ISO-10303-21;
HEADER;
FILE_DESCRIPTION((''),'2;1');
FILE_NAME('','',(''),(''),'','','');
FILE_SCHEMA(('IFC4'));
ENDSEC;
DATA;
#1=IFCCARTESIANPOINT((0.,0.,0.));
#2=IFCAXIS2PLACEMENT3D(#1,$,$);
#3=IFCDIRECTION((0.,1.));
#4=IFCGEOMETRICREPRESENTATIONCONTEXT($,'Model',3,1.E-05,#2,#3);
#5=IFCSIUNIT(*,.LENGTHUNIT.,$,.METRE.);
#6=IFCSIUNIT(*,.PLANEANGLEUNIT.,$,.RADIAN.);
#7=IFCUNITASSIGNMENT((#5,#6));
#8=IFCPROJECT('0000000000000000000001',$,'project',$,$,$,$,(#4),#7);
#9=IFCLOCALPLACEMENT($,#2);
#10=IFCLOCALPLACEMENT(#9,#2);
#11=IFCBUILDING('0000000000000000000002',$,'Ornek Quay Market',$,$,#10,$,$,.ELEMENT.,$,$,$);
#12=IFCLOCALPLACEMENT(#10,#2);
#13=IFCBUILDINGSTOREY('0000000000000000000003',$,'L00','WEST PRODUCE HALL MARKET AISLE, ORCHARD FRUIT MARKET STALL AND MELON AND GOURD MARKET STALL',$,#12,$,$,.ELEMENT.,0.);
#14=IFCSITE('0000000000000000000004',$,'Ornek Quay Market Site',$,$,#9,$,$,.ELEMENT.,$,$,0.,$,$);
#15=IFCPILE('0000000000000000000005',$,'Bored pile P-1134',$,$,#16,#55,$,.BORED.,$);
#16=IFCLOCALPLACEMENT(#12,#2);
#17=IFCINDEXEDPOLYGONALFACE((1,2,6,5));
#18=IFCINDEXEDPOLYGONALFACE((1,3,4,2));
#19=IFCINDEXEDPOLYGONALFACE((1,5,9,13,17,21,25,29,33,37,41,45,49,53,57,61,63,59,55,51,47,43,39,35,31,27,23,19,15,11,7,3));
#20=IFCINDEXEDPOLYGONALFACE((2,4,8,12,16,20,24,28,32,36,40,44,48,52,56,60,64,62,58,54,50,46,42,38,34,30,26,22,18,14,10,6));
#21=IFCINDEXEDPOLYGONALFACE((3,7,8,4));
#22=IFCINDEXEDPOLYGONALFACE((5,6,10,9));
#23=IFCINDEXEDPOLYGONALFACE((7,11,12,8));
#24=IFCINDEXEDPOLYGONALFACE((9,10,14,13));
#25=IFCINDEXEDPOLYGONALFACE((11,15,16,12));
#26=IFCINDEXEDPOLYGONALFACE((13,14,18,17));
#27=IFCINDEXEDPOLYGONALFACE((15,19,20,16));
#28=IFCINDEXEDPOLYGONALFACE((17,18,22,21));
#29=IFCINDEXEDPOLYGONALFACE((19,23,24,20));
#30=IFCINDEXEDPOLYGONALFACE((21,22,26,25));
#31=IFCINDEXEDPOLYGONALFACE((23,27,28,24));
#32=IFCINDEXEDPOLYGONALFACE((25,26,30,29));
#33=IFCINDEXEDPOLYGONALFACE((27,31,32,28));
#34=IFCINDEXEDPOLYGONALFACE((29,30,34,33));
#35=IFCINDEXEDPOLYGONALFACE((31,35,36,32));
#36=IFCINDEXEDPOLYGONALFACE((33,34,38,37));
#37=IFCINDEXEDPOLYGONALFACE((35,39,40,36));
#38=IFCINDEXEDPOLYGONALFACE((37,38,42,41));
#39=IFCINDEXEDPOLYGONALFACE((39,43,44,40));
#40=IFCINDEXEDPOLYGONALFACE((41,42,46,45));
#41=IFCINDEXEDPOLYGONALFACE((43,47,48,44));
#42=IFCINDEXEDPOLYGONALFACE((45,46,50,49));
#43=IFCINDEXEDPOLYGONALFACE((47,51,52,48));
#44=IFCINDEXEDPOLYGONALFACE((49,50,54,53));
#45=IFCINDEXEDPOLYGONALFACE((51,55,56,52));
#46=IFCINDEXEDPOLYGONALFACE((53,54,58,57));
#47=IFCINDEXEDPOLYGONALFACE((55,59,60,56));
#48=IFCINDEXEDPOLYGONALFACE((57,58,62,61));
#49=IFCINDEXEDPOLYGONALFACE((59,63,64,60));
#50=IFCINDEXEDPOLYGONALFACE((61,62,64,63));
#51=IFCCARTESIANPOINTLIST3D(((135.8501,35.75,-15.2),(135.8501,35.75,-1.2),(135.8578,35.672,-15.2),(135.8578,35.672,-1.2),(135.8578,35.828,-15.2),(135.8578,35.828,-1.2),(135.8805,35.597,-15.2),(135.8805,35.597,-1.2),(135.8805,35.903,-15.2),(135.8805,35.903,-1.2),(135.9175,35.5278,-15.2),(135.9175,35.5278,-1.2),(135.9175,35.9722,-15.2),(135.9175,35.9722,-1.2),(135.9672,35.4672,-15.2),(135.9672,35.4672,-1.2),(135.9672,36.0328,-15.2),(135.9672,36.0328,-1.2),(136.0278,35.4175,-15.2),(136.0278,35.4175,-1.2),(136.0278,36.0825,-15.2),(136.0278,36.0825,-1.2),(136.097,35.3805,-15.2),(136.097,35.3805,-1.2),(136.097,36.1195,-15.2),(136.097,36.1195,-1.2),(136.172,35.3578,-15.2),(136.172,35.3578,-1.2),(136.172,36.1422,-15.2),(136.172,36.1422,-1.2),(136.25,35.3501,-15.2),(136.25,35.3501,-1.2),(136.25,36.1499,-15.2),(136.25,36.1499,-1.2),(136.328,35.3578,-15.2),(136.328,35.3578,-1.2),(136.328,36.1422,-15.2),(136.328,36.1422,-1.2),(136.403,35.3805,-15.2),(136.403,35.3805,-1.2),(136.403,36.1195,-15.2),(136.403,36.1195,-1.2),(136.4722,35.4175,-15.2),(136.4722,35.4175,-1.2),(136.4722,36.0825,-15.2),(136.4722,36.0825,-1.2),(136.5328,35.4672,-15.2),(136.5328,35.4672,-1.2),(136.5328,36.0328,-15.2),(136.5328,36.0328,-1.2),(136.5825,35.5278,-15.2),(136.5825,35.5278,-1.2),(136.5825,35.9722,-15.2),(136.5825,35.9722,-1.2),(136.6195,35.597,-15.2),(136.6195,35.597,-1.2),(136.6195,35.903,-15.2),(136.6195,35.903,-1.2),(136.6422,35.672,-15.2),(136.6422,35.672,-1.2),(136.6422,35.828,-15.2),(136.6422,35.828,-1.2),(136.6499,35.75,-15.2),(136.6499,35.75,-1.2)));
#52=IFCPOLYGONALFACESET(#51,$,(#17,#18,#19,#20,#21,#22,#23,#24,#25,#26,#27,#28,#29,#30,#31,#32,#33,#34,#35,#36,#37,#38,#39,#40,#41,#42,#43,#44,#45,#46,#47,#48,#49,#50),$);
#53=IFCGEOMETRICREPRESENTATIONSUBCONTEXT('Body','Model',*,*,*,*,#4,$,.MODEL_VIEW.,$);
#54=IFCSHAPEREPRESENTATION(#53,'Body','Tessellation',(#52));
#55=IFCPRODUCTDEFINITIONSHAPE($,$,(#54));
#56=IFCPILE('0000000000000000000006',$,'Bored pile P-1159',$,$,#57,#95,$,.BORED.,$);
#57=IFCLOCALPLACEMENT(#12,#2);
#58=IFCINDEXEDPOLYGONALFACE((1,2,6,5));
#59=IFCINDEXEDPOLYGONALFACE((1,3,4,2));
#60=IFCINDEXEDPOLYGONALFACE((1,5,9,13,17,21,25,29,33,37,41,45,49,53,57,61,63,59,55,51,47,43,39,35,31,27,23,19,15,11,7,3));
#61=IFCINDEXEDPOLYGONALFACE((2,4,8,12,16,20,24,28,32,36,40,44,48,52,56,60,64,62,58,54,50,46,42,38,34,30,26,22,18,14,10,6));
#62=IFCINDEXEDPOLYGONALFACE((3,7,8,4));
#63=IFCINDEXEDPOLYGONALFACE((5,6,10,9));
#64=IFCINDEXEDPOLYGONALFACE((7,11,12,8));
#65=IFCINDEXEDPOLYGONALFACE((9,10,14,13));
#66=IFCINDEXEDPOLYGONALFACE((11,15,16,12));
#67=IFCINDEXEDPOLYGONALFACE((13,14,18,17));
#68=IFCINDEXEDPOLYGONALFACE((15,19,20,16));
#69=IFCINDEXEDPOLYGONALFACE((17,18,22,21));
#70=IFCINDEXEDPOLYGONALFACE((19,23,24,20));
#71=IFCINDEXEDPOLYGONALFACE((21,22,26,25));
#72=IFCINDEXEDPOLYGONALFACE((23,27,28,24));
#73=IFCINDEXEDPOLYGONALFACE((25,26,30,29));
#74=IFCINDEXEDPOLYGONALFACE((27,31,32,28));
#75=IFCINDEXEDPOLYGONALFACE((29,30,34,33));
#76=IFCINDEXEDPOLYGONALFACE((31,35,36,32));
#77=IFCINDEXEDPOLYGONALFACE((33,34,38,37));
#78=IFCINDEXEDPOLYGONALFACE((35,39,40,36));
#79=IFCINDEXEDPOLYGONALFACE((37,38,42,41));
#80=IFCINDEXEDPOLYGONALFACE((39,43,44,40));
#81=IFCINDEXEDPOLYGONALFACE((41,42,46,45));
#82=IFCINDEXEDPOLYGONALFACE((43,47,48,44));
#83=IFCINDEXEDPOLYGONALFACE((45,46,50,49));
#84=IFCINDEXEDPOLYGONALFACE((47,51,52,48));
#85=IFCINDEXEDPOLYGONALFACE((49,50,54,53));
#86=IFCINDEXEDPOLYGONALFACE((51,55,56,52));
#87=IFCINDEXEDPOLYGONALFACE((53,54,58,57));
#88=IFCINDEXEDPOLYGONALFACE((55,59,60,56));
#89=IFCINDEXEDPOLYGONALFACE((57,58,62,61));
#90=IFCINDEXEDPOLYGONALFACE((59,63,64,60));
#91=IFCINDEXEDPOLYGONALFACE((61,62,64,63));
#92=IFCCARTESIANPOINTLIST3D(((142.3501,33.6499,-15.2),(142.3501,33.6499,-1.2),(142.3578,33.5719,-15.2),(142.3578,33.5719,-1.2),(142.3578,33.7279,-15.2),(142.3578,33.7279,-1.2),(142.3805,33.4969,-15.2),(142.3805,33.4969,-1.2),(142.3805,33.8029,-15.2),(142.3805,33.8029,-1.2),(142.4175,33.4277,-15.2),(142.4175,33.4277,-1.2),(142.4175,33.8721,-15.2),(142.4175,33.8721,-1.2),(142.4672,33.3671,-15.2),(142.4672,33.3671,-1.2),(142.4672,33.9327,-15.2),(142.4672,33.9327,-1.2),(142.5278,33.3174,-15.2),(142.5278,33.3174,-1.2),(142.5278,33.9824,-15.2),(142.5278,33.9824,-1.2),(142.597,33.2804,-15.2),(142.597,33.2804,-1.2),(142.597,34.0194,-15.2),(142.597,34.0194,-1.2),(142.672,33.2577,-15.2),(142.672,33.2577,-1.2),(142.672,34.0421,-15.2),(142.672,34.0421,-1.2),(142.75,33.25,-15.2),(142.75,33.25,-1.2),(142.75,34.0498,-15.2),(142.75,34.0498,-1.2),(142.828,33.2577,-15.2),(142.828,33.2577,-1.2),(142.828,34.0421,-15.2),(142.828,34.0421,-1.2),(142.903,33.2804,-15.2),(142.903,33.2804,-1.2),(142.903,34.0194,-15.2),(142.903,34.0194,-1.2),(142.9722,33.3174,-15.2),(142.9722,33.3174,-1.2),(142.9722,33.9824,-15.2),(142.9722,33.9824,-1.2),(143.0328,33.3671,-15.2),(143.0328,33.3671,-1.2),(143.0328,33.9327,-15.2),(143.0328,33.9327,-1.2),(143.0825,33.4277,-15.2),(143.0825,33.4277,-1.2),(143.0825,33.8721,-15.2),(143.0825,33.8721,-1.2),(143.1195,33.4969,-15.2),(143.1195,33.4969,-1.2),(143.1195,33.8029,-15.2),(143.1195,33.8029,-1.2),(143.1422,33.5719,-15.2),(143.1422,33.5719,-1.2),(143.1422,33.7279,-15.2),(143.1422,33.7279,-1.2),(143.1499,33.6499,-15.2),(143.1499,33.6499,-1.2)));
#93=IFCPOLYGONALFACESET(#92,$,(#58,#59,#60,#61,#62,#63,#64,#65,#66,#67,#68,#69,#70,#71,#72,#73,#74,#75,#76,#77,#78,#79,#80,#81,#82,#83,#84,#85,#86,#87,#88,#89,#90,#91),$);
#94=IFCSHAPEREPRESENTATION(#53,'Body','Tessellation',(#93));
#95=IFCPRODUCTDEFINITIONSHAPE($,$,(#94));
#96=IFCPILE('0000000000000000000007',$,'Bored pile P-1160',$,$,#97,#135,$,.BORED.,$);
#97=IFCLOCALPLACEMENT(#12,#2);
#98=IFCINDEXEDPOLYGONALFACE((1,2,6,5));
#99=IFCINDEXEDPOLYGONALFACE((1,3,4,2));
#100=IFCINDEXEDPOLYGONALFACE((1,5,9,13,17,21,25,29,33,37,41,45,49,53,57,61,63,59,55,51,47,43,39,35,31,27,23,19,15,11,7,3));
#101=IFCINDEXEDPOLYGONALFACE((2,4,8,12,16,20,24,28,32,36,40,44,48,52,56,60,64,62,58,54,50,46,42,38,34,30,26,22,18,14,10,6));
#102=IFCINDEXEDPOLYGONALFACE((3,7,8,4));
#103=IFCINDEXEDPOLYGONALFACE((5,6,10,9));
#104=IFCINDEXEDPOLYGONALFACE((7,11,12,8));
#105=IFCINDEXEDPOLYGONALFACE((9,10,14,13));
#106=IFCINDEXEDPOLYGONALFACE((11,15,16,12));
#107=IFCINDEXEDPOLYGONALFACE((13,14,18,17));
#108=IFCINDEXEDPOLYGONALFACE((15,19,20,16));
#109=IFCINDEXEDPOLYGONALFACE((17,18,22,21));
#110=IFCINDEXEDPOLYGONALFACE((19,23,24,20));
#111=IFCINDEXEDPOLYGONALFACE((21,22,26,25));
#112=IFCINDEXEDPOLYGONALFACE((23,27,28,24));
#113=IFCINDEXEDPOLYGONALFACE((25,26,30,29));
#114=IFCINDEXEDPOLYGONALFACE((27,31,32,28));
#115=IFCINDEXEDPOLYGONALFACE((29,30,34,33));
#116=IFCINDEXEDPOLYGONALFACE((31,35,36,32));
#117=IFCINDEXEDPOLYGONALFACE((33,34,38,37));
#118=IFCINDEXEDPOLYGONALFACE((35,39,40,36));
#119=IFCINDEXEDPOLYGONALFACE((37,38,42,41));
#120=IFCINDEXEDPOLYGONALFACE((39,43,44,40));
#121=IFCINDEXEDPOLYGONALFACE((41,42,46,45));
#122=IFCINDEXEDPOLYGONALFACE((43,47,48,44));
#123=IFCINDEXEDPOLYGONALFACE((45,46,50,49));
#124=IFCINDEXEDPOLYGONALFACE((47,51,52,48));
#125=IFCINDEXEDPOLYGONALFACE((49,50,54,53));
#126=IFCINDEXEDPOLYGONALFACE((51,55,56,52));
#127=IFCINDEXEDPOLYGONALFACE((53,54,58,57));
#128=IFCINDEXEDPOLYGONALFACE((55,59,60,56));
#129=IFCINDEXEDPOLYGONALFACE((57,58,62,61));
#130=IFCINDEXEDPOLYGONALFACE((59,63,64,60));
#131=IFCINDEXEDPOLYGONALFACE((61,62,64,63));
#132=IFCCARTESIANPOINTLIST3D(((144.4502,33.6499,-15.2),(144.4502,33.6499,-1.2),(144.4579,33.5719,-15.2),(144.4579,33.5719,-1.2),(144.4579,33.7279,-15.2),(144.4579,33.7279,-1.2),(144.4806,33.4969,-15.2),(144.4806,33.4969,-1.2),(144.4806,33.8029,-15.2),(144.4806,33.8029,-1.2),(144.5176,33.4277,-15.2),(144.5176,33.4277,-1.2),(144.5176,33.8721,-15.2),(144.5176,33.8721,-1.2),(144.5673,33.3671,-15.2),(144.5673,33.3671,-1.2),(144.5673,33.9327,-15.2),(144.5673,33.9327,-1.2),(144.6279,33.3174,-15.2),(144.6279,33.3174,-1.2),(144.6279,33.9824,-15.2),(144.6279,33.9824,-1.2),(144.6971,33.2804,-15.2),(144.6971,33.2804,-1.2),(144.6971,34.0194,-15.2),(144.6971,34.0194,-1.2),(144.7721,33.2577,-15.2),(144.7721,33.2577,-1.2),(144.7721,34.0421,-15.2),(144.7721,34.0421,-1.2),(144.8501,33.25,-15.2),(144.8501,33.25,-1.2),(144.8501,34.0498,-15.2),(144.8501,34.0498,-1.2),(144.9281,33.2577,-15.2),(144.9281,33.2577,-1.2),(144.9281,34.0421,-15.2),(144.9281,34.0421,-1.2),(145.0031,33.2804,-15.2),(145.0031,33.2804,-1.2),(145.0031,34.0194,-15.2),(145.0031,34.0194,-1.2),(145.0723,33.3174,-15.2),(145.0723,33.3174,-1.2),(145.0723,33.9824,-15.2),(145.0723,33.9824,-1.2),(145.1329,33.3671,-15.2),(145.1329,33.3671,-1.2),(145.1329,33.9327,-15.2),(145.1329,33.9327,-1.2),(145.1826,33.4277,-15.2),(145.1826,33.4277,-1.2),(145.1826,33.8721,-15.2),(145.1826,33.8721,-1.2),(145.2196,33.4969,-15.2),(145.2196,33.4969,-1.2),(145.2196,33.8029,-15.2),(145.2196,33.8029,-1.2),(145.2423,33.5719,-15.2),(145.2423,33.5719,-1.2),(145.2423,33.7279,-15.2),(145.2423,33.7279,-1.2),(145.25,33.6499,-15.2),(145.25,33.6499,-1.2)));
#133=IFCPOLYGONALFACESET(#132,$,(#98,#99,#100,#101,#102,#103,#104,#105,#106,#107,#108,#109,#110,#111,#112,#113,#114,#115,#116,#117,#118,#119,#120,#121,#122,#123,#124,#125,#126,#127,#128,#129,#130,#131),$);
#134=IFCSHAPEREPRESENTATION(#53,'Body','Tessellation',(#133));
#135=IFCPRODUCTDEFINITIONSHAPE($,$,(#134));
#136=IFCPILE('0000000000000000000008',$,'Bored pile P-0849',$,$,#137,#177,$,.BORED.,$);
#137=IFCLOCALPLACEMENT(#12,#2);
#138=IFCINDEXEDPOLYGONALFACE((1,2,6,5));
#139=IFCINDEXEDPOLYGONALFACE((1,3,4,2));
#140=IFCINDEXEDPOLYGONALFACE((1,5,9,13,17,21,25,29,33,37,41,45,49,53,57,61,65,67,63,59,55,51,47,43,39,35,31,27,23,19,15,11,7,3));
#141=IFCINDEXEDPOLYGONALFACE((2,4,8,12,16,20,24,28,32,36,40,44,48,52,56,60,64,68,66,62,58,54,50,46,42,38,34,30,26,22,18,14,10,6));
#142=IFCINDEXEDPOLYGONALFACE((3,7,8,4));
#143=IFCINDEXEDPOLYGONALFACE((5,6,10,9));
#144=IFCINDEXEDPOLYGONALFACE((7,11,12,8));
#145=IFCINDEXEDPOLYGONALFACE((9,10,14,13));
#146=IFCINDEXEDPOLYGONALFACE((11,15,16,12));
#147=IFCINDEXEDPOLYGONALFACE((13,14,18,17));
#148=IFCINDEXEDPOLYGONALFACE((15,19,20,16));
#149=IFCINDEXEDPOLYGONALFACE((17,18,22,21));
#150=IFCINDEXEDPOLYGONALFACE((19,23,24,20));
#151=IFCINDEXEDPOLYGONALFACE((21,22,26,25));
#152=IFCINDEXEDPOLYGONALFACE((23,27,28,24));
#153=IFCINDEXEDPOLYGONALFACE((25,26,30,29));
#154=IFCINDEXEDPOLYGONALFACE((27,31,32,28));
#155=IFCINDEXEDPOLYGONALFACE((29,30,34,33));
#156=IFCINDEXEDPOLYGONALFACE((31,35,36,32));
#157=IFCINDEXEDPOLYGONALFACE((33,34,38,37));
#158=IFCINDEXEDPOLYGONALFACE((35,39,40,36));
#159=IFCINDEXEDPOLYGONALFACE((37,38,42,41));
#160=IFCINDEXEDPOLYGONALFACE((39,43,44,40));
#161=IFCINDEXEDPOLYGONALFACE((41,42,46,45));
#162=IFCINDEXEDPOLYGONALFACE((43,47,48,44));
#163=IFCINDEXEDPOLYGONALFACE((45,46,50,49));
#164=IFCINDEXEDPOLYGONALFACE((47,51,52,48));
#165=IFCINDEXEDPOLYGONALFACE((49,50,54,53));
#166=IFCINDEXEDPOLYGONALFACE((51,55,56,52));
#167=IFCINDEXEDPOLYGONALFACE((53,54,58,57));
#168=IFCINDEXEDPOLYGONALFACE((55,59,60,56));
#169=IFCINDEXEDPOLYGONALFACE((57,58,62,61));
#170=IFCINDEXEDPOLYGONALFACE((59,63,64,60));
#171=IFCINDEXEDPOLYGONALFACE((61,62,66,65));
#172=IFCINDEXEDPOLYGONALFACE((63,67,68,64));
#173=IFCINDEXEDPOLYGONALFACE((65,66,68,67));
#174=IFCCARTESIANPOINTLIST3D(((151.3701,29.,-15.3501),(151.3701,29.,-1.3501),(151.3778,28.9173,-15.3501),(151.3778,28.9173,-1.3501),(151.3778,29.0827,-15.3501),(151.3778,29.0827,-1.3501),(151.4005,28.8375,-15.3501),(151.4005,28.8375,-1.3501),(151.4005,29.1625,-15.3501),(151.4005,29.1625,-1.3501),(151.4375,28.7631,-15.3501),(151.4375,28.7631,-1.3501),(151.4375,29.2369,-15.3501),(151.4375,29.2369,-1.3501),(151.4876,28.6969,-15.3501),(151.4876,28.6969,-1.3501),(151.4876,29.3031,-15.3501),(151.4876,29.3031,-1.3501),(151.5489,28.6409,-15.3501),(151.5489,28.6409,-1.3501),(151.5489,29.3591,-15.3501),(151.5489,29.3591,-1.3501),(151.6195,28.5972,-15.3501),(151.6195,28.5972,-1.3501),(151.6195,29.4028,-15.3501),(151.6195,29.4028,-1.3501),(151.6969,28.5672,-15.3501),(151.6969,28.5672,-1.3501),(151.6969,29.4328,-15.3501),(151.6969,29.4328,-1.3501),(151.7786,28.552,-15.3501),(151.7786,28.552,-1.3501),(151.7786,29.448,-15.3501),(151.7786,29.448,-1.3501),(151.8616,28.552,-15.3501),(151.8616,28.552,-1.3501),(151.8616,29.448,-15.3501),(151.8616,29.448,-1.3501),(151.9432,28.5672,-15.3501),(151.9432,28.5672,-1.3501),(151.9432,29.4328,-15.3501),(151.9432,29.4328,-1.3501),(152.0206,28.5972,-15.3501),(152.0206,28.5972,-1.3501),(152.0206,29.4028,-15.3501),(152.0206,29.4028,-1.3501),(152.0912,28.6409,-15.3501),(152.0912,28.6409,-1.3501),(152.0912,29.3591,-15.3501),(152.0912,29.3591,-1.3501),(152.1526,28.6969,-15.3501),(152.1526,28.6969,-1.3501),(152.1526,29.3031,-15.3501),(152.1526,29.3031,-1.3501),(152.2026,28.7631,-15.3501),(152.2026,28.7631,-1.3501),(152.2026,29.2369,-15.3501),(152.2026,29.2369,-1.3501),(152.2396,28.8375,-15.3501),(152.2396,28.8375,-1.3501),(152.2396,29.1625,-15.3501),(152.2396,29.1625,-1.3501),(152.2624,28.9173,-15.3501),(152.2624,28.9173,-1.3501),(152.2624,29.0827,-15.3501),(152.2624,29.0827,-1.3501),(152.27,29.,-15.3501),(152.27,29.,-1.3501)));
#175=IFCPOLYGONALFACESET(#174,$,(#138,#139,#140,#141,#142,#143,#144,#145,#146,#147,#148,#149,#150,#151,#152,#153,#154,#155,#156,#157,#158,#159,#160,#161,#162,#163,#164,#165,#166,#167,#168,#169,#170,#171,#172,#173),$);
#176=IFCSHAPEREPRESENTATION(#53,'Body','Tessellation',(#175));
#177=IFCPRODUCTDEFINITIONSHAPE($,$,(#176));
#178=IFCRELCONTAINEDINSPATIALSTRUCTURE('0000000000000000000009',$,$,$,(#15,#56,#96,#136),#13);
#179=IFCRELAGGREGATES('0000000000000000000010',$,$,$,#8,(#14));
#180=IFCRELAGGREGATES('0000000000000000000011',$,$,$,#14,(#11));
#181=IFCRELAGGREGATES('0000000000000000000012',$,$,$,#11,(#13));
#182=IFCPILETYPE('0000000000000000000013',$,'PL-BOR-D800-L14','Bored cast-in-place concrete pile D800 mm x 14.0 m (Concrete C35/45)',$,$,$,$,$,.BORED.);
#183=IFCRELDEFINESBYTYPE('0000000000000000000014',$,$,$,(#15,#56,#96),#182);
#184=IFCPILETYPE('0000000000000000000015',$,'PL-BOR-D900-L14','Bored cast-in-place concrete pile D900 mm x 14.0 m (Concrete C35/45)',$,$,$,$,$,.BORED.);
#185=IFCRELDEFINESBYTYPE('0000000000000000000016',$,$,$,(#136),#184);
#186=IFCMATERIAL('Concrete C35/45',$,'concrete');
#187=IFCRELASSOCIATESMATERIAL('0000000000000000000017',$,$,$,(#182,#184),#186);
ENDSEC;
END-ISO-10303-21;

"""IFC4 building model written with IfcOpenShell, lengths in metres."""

from ifc_helpers import new_model, si_unit, direction, frame, origin, origin_2d, place, context, subcontext, project, spatial, circle, extrude, material, material_profile, profile_set, type_object, element, save


model = new_model("IFC4")

# Units and contexts
model_context = context("Model", 3, precision=1e-05, world=origin(), true_north=direction((0.0, 1.0)))
body_context = subcontext(model_context, "Body", "Model", "MODEL_VIEW")
ifc_project = project(units=[si_unit("LENGTHUNIT", "METRE"), si_unit("PLANEANGLEUNIT", "RADIAN")], contexts=[model_context])

# Site, building, storey
site_placement = place(None, origin())
site = spatial("IfcSite", under=ifc_project, at=site_placement, Name="Ornek Quay Market Site", CompositionType="ELEMENT", RefElevation=0.0)
building_placement = place(site_placement, origin())
building = spatial("IfcBuilding", under=site, at=building_placement, Name="Ornek Quay Market", CompositionType="ELEMENT")
storey_placement = place(building_placement, origin())
storey = spatial("IfcBuildingStorey", under=building, at=storey_placement, Name="L00", Description="WEST PRODUCE HALL MARKET AISLE, ORCHARD FRUIT MARKET STALL AND MELON AND GOURD MARKET STALL", CompositionType="ELEMENT", Elevation=0.0)

# Piles
ifc_material_1 = material(Name="Concrete C35/45", Category="concrete")
ifc_material_profile_1 = material_profile(ifc_material_1, circle(Radius=0.3999, at=origin_2d()), Name="PILE D800", Category="concrete")
ifc_profile_set_1 = profile_set([ifc_material_profile_1], Name="Concrete C35/45")
pile_type_1 = type_object("IfcPileType", Name="PL-BOR-D800-L14", Description="Bored cast-in-place concrete pile D800 mm x 14.0 m (Concrete C35/45)", PredefinedType="BORED", material=ifc_profile_set_1)
for number, where, z_axis, x_axis, name in (
    (1, (136.25, 35.75, -1.2), (0.0, 0.0, -1.0), (1.0, 0.0, 0.0), "Bored pile P-1134"),
    (2, (142.75, 33.6499, -1.2), (0.0, 0.0, -1.0), (1.0, 0.0, 0.0), "Bored pile P-1159"),
    (3, (144.8501, 33.6499, -1.2), (0.0, 0.0, -1.0), (1.0, 0.0, 0.0), "Bored pile P-1160"),
):
    element("IfcPile", number, at=place(storey_placement, frame(where, z_axis=z_axis, x_axis=x_axis)), inside=storey, type_object=pile_type_1, Name=name, PredefinedType="BORED", context=body_context, shape_type="SweptSolid", body=[
        extrude(circle(Radius=0.3999, at=origin_2d()), origin(), (0.0, 0.0, 1.0), 14.0),
    ])
ifc_material_profile_2 = material_profile(ifc_material_1, circle(Radius=0.45, at=origin_2d()), Name="PILE D900", Category="concrete")
ifc_profile_set_2 = profile_set([ifc_material_profile_2], Name="Concrete C35/45")
pile_type_2 = type_object("IfcPileType", Name="PL-BOR-D900-L14", Description="Bored cast-in-place concrete pile D900 mm x 14.0 m (Concrete C35/45)", PredefinedType="BORED", material=ifc_profile_set_2)
for number, where, z_axis, x_axis, name in (
    (4, (151.8201, 29.0, -1.3501), (0.0, 0.0, -1.0), (1.0, 0.0, 0.0), "Bored pile P-0849"),
):
    element("IfcPile", number, at=place(storey_placement, frame(where, z_axis=z_axis, x_axis=x_axis)), inside=storey, type_object=pile_type_2, Name=name, PredefinedType="BORED", context=body_context, shape_type="SweptSolid", body=[
        extrude(circle(Radius=0.45, at=origin_2d()), origin(), (0.0, 0.0, 1.0), 14.0),
    ])

save(model, "model.ifc")
